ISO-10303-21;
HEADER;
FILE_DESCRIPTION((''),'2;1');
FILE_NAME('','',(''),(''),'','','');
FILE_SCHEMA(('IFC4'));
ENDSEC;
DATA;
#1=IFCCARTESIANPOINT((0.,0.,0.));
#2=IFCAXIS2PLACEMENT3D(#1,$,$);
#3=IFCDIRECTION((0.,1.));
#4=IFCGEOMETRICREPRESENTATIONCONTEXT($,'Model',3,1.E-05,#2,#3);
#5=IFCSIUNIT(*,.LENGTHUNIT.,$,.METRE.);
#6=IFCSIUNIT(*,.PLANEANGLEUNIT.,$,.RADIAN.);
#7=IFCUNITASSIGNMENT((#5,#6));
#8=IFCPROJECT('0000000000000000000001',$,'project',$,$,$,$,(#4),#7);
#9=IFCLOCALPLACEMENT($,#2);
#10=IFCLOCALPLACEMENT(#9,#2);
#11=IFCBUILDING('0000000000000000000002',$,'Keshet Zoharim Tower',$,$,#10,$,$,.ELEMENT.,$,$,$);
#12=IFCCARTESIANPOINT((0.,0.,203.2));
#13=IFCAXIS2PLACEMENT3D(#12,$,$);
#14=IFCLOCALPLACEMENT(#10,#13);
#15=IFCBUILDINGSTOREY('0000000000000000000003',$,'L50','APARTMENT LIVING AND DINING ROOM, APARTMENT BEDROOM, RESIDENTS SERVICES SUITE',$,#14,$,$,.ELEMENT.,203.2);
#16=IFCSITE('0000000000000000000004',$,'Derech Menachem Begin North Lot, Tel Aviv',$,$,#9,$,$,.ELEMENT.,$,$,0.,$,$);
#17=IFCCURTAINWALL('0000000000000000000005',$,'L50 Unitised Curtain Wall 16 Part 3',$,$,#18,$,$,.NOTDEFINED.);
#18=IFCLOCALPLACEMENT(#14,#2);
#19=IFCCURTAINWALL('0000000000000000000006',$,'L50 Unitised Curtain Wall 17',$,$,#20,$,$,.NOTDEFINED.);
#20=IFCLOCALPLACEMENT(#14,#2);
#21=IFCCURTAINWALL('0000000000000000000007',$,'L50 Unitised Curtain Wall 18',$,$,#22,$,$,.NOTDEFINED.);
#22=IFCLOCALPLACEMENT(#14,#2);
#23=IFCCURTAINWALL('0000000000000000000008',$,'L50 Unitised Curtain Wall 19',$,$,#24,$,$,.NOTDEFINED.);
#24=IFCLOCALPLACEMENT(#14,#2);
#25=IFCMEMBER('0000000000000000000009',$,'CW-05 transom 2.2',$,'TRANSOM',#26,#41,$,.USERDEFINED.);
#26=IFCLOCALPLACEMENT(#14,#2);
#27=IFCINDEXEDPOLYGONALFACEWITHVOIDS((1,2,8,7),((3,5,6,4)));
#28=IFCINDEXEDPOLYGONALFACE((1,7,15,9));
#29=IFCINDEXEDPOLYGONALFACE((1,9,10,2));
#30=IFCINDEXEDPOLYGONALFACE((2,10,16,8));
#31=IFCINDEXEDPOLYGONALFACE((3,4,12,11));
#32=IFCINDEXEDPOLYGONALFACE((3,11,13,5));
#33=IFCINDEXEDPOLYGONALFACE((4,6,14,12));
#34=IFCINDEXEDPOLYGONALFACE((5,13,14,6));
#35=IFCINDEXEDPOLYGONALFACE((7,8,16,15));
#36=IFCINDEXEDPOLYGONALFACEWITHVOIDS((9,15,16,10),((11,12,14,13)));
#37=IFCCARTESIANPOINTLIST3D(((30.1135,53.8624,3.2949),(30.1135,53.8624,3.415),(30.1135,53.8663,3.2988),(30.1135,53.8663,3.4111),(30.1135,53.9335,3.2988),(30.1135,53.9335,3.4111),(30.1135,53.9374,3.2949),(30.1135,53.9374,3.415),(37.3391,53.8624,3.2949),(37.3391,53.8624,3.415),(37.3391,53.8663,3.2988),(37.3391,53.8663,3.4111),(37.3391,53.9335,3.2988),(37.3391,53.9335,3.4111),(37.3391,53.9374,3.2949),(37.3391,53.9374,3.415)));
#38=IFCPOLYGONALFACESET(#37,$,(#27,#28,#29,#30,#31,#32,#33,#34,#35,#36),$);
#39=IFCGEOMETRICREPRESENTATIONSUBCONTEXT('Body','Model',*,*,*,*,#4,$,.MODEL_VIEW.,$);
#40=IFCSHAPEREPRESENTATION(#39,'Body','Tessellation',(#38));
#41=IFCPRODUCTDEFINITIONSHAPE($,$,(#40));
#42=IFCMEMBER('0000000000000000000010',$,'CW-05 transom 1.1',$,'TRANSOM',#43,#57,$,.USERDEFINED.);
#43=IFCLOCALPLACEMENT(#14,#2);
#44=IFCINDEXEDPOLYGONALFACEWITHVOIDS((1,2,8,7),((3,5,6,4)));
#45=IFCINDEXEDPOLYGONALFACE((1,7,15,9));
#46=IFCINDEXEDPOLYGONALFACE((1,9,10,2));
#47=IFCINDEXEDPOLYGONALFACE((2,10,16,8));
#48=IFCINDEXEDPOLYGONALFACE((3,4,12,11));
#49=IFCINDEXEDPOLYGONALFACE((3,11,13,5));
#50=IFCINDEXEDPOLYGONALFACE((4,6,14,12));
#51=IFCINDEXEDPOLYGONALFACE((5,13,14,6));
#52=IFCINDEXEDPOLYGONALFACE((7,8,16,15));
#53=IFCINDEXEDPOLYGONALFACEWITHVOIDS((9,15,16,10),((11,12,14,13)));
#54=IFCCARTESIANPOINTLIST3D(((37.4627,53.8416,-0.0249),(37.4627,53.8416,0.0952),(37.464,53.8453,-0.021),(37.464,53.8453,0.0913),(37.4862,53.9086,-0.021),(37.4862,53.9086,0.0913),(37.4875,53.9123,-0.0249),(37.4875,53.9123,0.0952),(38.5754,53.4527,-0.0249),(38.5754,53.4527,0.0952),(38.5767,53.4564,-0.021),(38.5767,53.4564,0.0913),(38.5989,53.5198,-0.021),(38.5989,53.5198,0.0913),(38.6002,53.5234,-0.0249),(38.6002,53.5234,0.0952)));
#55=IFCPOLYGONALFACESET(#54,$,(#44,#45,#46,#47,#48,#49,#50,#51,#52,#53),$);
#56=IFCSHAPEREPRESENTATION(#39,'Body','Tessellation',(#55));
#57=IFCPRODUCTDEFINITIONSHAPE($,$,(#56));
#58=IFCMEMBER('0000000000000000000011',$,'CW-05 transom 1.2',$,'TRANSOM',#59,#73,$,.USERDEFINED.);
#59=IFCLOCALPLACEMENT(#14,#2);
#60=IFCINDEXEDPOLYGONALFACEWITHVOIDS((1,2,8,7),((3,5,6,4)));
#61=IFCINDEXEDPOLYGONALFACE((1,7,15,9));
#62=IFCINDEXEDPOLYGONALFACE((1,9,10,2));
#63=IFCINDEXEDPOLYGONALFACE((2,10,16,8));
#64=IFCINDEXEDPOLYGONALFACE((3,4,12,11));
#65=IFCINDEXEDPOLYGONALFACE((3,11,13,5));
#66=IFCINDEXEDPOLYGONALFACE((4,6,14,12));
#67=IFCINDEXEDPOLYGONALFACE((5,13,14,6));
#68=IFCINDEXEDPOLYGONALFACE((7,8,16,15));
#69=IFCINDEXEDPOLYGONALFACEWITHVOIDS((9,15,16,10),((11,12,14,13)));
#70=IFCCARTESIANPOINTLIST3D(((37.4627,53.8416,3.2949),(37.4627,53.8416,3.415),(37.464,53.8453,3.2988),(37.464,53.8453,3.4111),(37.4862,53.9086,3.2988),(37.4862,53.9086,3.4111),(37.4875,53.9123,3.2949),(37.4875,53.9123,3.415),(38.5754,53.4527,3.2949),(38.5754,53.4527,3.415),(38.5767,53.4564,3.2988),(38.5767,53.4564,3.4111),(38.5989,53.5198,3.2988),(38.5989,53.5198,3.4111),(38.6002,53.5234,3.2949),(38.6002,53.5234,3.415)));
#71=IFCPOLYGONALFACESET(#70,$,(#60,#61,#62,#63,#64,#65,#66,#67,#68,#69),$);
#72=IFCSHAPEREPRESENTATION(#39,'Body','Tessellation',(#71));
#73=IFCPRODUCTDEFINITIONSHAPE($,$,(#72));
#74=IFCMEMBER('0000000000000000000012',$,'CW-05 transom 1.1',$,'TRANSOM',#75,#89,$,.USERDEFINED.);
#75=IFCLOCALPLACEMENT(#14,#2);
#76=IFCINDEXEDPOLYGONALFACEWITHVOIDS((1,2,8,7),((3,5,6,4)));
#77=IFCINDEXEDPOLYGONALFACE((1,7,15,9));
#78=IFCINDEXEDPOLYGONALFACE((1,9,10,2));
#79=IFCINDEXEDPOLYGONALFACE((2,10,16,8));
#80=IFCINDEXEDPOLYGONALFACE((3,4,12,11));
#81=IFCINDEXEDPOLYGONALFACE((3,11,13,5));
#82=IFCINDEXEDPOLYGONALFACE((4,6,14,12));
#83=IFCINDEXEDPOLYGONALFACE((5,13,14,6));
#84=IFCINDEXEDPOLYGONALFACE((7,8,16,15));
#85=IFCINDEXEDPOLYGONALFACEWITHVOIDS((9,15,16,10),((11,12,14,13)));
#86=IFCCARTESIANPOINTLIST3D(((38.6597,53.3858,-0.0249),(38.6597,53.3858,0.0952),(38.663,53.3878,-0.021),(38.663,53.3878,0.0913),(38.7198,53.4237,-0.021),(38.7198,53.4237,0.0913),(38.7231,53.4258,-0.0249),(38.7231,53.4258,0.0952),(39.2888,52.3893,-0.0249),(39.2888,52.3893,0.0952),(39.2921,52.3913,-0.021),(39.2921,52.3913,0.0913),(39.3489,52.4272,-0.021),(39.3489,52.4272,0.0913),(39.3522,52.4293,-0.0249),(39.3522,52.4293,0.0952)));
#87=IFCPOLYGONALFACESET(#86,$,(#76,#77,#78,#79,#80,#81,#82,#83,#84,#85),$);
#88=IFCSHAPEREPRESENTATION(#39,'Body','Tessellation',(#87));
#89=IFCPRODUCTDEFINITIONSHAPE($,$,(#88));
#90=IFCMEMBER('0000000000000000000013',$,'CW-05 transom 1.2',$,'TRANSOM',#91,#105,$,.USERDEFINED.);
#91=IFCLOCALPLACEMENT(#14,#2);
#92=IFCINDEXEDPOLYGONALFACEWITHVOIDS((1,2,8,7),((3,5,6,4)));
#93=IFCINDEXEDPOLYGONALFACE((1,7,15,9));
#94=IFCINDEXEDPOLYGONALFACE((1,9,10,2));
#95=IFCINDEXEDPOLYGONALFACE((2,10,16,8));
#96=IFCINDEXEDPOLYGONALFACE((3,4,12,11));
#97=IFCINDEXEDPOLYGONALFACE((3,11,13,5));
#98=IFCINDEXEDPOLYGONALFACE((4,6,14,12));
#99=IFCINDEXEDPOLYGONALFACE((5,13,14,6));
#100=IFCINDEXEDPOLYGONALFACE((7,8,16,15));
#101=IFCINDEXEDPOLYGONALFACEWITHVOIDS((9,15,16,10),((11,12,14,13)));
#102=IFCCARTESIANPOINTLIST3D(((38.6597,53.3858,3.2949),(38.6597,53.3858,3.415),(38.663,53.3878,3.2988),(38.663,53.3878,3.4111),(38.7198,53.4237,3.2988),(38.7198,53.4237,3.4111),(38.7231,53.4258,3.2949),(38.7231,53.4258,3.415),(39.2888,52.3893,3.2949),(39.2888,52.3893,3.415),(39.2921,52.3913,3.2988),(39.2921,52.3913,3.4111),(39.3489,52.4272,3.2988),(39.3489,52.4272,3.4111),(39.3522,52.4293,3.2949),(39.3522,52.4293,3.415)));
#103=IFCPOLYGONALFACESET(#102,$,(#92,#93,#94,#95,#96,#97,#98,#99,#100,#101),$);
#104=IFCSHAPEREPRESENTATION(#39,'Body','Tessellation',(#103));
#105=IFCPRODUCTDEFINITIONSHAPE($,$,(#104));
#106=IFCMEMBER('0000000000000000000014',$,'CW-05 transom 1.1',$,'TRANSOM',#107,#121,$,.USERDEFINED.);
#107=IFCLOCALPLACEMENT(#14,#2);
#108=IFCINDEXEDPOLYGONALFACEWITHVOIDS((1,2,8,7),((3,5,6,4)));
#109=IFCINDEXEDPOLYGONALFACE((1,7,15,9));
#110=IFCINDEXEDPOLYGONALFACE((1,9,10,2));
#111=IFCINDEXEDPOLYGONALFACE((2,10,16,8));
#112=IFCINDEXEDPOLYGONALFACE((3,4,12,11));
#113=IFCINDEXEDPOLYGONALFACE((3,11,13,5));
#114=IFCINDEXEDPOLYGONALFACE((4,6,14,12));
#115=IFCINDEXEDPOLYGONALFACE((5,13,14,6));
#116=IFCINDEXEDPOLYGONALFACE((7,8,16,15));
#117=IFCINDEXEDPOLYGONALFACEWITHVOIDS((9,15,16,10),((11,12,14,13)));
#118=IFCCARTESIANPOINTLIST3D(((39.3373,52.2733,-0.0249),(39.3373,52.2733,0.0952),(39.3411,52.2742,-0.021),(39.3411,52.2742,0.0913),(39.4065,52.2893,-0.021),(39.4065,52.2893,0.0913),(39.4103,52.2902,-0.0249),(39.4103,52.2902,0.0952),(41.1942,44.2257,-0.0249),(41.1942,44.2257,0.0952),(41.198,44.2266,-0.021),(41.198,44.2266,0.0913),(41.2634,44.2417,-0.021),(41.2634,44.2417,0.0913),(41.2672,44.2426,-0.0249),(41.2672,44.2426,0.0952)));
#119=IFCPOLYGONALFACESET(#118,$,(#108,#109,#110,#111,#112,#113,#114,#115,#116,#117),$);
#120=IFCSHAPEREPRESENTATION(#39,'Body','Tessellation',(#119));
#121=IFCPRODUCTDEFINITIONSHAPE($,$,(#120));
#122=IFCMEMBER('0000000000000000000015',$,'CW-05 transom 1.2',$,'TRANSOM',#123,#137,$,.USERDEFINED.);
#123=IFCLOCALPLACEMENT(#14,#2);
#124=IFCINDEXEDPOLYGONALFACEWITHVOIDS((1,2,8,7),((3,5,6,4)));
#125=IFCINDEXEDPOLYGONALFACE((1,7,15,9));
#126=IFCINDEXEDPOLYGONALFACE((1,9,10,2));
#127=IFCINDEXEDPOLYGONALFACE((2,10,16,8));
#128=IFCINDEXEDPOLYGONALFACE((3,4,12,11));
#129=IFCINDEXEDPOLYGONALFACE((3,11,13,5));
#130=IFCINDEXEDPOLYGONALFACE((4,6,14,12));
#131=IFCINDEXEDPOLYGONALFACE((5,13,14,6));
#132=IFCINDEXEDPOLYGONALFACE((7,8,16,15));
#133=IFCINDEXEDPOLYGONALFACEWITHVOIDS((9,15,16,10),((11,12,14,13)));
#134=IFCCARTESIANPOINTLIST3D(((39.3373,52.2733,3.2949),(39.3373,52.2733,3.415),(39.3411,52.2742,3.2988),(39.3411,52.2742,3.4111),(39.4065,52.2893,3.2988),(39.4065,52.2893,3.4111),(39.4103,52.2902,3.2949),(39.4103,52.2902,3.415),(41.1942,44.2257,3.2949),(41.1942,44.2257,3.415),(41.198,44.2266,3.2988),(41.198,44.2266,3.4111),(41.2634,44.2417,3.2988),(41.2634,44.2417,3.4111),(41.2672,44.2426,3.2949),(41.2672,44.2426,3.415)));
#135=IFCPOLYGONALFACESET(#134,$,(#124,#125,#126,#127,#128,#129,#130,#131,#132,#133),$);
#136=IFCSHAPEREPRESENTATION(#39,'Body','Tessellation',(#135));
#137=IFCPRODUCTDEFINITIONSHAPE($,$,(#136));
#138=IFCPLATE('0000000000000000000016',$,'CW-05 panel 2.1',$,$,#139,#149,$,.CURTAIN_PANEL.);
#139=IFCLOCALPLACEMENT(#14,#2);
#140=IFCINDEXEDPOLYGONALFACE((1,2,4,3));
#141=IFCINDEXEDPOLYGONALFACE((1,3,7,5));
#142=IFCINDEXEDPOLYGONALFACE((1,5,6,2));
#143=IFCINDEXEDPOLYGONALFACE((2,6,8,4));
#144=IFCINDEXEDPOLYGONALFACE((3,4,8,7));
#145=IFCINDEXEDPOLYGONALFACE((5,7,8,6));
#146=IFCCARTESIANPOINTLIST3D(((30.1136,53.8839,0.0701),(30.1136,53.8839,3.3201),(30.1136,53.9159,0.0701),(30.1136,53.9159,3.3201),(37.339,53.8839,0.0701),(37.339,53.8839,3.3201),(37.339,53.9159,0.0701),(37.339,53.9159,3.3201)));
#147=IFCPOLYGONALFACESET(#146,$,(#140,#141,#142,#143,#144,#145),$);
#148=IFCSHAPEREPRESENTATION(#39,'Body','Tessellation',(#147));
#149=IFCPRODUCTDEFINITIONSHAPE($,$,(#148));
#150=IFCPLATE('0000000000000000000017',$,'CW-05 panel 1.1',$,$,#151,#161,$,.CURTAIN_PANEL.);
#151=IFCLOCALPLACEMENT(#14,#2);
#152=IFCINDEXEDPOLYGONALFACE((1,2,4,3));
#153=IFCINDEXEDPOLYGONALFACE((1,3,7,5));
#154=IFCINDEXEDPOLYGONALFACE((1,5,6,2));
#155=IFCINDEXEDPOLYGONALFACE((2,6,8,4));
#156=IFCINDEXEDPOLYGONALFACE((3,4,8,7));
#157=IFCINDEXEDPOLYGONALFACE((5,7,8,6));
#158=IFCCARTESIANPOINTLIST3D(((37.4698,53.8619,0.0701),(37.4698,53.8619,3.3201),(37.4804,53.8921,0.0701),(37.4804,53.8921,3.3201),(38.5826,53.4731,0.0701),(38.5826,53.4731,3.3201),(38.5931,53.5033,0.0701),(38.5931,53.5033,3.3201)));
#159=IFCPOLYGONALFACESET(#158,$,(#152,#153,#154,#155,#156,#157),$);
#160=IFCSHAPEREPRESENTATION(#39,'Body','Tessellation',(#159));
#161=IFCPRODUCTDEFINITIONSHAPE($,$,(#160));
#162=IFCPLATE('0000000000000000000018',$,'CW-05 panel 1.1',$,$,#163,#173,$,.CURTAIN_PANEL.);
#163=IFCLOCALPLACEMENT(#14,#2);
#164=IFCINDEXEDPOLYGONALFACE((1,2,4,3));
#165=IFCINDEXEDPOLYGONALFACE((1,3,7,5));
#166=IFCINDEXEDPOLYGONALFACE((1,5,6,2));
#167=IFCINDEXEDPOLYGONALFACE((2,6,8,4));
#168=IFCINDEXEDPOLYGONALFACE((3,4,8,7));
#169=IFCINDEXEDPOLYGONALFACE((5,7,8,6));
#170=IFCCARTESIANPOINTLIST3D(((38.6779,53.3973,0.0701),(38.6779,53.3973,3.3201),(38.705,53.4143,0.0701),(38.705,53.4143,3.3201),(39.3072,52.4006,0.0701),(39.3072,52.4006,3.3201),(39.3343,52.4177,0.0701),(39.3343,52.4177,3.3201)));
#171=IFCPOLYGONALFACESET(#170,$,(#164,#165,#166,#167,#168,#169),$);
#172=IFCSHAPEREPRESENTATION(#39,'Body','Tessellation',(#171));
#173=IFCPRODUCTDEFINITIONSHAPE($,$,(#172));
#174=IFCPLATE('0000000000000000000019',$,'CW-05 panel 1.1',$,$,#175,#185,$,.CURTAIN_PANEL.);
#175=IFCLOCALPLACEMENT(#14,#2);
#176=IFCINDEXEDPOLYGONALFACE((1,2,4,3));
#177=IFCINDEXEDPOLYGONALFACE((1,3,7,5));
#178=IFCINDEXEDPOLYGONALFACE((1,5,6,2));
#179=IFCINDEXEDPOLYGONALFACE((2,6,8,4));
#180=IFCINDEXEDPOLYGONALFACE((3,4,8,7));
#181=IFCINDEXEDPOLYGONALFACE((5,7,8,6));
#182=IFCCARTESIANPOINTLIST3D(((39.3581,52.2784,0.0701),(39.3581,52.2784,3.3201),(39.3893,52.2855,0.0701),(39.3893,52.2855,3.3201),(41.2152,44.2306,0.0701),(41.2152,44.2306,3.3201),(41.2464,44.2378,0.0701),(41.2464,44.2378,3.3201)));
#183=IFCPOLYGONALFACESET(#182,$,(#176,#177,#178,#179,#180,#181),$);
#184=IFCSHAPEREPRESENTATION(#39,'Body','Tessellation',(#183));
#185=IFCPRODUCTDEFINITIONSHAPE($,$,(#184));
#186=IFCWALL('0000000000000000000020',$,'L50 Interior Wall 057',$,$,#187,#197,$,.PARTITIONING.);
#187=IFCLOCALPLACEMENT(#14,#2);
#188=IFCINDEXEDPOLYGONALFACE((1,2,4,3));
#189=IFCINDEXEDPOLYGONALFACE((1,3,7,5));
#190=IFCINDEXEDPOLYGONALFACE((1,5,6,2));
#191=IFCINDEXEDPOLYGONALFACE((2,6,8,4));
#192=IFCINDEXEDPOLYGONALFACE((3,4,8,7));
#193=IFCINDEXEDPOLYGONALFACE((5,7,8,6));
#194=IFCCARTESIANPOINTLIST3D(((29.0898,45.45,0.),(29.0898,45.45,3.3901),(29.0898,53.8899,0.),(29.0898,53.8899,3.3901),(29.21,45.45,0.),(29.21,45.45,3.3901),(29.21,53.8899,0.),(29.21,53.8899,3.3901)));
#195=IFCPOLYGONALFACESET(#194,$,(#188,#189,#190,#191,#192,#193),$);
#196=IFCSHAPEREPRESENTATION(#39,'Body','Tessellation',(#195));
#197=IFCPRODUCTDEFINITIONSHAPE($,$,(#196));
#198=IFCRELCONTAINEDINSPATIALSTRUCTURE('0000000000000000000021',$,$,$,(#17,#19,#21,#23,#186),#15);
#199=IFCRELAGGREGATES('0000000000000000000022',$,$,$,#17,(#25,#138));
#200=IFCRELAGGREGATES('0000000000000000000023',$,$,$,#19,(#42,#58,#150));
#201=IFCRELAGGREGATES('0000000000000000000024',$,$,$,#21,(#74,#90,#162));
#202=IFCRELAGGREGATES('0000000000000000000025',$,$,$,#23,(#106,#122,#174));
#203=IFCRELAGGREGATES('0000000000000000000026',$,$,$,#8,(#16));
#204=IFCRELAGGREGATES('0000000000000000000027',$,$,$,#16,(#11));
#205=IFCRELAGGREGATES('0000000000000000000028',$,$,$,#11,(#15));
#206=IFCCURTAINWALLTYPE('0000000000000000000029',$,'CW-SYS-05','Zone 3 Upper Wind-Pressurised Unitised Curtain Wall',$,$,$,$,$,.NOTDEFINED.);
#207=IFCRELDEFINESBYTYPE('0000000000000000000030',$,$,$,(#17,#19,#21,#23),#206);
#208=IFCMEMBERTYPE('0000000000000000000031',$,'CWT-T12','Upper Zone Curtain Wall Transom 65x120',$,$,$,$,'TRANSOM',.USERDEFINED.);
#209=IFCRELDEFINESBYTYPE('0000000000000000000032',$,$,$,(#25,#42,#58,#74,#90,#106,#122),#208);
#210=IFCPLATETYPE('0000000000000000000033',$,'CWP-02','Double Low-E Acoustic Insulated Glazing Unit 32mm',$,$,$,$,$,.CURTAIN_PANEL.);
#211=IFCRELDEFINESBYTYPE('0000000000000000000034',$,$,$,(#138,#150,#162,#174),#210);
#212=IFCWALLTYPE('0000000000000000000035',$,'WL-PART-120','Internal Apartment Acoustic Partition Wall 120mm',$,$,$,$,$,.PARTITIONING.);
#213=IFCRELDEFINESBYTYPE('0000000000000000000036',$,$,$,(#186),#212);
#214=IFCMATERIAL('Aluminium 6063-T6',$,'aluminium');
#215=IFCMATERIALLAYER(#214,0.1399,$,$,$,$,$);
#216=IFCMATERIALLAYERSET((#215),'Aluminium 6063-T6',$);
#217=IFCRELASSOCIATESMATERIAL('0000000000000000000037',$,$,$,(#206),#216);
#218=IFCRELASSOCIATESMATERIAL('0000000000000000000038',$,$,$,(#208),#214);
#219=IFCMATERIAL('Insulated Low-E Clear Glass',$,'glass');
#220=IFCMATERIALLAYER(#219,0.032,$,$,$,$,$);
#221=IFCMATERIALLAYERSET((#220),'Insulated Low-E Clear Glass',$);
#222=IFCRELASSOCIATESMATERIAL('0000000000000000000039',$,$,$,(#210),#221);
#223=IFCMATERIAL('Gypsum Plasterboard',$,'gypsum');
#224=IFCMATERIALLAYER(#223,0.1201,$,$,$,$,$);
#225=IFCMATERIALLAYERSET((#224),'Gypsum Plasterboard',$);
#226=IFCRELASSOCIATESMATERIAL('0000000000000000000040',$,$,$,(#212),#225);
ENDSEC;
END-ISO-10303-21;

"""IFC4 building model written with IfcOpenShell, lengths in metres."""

from ifc_helpers import new_model, si_unit, direction, frame, frame_2d, origin, origin_2d, place, context, subcontext, project, spatial, rectangle, hollow_rectangle, extrude, material, layer, layer_set, material_profile, profile_set, type_object, element, aggregate, save


model = new_model("IFC4")

# Units and contexts
model_context = context("Model", 3, precision=1e-05, world=origin(), true_north=direction((0.0, 1.0)))
body_context = subcontext(model_context, "Body", "Model", "MODEL_VIEW")
ifc_project = project(units=[si_unit("LENGTHUNIT", "METRE"), si_unit("PLANEANGLEUNIT", "RADIAN")], contexts=[model_context])

# Site, building, storey
site_placement = place(None, origin())
site = spatial("IfcSite", under=ifc_project, at=site_placement, Name="Derech Menachem Begin North Lot, Tel Aviv", CompositionType="ELEMENT", RefElevation=0.0)
building_placement = place(site_placement, origin())
building = spatial("IfcBuilding", under=site, at=building_placement, Name="Keshet Zoharim Tower", CompositionType="ELEMENT")
storey_placement = place(building_placement, frame((0.0, 0.0, 203.2)))
storey = spatial("IfcBuildingStorey", under=building, at=storey_placement, Name="L50", Description="APARTMENT LIVING AND DINING ROOM, APARTMENT BEDROOM, RESIDENTS SERVICES SUITE", CompositionType="ELEMENT", Elevation=203.2)

# Curtain walls
ifc_material_1 = material(Name="Aluminium 6063-T6", Category="aluminium")
ifc_layer_1 = layer(ifc_material_1, 0.1399)
ifc_layer_set_1 = layer_set([ifc_layer_1], Name="Aluminium 6063-T6")
curtain_wall_type = type_object("IfcCurtainWallType", Name="CW-SYS-05", Description="Zone 3 Upper Wind-Pressurised Unitised Curtain Wall", PredefinedType="NOTDEFINED", material=ifc_layer_set_1)
curtain_wall_1_placement = place(storey_placement, origin())
curtain_wall_1 = element("IfcCurtainWall", 1, at=curtain_wall_1_placement, inside=storey, type_object=curtain_wall_type, Name="L50 Unitised Curtain Wall 16 Part 3", PredefinedType="NOTDEFINED")
curtain_wall_2_placement = place(storey_placement, origin())
curtain_wall_2 = element("IfcCurtainWall", 2, at=curtain_wall_2_placement, inside=storey, type_object=curtain_wall_type, Name="L50 Unitised Curtain Wall 17", PredefinedType="NOTDEFINED")
curtain_wall_3_placement = place(storey_placement, origin())
curtain_wall_3 = element("IfcCurtainWall", 3, at=curtain_wall_3_placement, inside=storey, type_object=curtain_wall_type, Name="L50 Unitised Curtain Wall 18", PredefinedType="NOTDEFINED")

# Curtain wall
curtain_wall_4_placement = place(storey_placement, origin())
curtain_wall_4 = element("IfcCurtainWall", 4, at=curtain_wall_4_placement, inside=storey, type_object=curtain_wall_type, Name="L50 Unitised Curtain Wall 19", PredefinedType="NOTDEFINED")

# Members
ifc_material_profile_1 = material_profile(ifc_material_1, hollow_rectangle(XDim=0.075, YDim=0.1201, WallThickness=0.0039, at=origin_2d()), Name="TRN-75x120")
ifc_profile_set_1 = profile_set([ifc_material_profile_1], Name="Aluminium 6063-T6")
member_type_1 = type_object("IfcMemberType", Name="CWT-T12", Description="Upper Zone Curtain Wall Transom 65x120", ElementType="TRANSOM", PredefinedType="USERDEFINED", material=ifc_profile_set_1)
member_1_placement = place(storey_placement, frame((30.1135, 53.8999, 3.355), z_axis=(1.0, 0.0, 0.0), x_axis=(0.0, 1.0, 0.0)))
member_1 = element("IfcMember", 5, at=member_1_placement, type_object=member_type_1, Name="CW-05 transom 2.2", ObjectType="TRANSOM", PredefinedType="USERDEFINED", context=body_context, shape_type="SweptSolid", body=[
    extrude(hollow_rectangle(XDim=0.075, YDim=0.1201, WallThickness=0.0039, at=origin_2d()), origin(), (0.0, 0.0, 1.0), 7.2256),
])
member_2_placement = place(storey_placement, frame((37.4751, 53.877, 0.0352), z_axis=(0.944007, -0.329926, 0.0), x_axis=(0.329926, 0.944007, 0.0)))
member_2 = element("IfcMember", 6, at=member_2_placement, type_object=member_type_1, Name="CW-05 transom 1.1", ObjectType="TRANSOM", PredefinedType="USERDEFINED", context=body_context, shape_type="SweptSolid", body=[
    extrude(hollow_rectangle(XDim=0.075, YDim=0.1201, WallThickness=0.0039, at=origin_2d()), origin(), (0.0, 0.0, 1.0), 1.1787),
])
member_3_placement = place(storey_placement, frame((37.4751, 53.877, 3.355), z_axis=(0.944007, -0.329926, 0.0), x_axis=(0.329926, 0.944007, 0.0)))
member_3 = element("IfcMember", 7, at=member_3_placement, type_object=member_type_1, Name="CW-05 transom 1.2", ObjectType="TRANSOM", PredefinedType="USERDEFINED", context=body_context, shape_type="SweptSolid", body=[
    extrude(hollow_rectangle(XDim=0.075, YDim=0.1201, WallThickness=0.0039, at=origin_2d()), origin(), (0.0, 0.0, 1.0), 1.1787),
])
member_4_placement = place(storey_placement, frame((38.6914, 53.4058, 0.0352), z_axis=(0.533829, -0.845592, 0.0), x_axis=(0.845592, 0.533829, 0.0)))
member_4 = element("IfcMember", 8, at=member_4_placement, type_object=member_type_1, Name="CW-05 transom 1.1", ObjectType="TRANSOM", PredefinedType="USERDEFINED", context=body_context, shape_type="SweptSolid", body=[
    extrude(hollow_rectangle(XDim=0.075, YDim=0.1201, WallThickness=0.0039, at=origin_2d()), origin(), (0.0, 0.0, 1.0), 1.1785),
])
member_5_placement = place(storey_placement, frame((38.6914, 53.4058, 3.355), z_axis=(0.533829, -0.845592, 0.0), x_axis=(0.845592, 0.533829, 0.0)))
member_5 = element("IfcMember", 9, at=member_5_placement, type_object=member_type_1, Name="CW-05 transom 1.2", ObjectType="TRANSOM", PredefinedType="USERDEFINED", context=body_context, shape_type="SweptSolid", body=[
    extrude(hollow_rectangle(XDim=0.075, YDim=0.1201, WallThickness=0.0039, at=origin_2d()), origin(), (0.0, 0.0, 1.0), 1.1785),
])
member_6_placement = place(storey_placement, frame((39.3738, 52.2817, 0.0352), z_axis=(0.224836, -0.974397, 0.0), x_axis=(0.974397, 0.224836, 0.0)))
member_6 = element("IfcMember", 10, at=member_6_placement, type_object=member_type_1, Name="CW-05 transom 1.1", ObjectType="TRANSOM", PredefinedType="USERDEFINED", context=body_context, shape_type="SweptSolid", body=[
    extrude(hollow_rectangle(XDim=0.075, YDim=0.1201, WallThickness=0.0039, at=origin_2d()), origin(), (0.0, 0.0, 1.0), 8.259),
])
member_7_placement = place(storey_placement, frame((39.3738, 52.2817, 3.355), z_axis=(0.224836, -0.974397, 0.0), x_axis=(0.974397, 0.224836, 0.0)))
member_7 = element("IfcMember", 11, at=member_7_placement, type_object=member_type_1, Name="CW-05 transom 1.2", ObjectType="TRANSOM", PredefinedType="USERDEFINED", context=body_context, shape_type="SweptSolid", body=[
    extrude(hollow_rectangle(XDim=0.075, YDim=0.1201, WallThickness=0.0039, at=origin_2d()), origin(), (0.0, 0.0, 1.0), 8.259),
])

# Plates
ifc_material_2 = material(Name="Insulated Low-E Clear Glass", Category="glass")
ifc_layer_2 = layer(ifc_material_2, 0.032)
ifc_layer_set_2 = layer_set([ifc_layer_2], Name="Insulated Low-E Clear Glass")
plate_type = type_object("IfcPlateType", Name="CWP-02", Description="Double Low-E Acoustic Insulated Glazing Unit 32mm", PredefinedType="CURTAIN_PANEL", material=ifc_layer_set_2)
plate_1_placement = place(storey_placement, frame((33.7263, 53.8999, 0.0701), z_axis=(0.0, 0.0, 1.0), x_axis=(1.0, 0.0, 0.0)))
plate_1 = element("IfcPlate", 12, at=plate_1_placement, type_object=plate_type, Name="CW-05 panel 2.1", PredefinedType="CURTAIN_PANEL", context=body_context, shape_type="SweptSolid", body=[
    extrude(rectangle(XDim=7.2253, YDim=0.032, at=origin_2d()), origin(), (0.0, 0.0, 1.0), 3.25),
])
aggregate(curtain_wall_1, [member_1, plate_1])
plate_2_placement = place(storey_placement, frame((38.0315, 53.6826, 0.0701), z_axis=(0.0, 0.0, 1.0), x_axis=(0.944036, -0.329844, 0.0)))
plate_2 = element("IfcPlate", 13, at=plate_2_placement, type_object=plate_type, Name="CW-05 panel 1.1", PredefinedType="CURTAIN_PANEL", context=body_context, shape_type="SweptSolid", body=[
    extrude(rectangle(XDim=1.1787, YDim=0.032, at=origin_2d()), origin(), (0.0, 0.0, 1.0), 3.25),
])
aggregate(curtain_wall_2, [member_2, member_3, plate_2])
plate_3_placement = place(storey_placement, frame((39.0061, 52.9075, 0.0701), z_axis=(0.0, 0.0, 1.0), x_axis=(0.533879, -0.845561, 0.0)))
plate_3 = element("IfcPlate", 14, at=plate_3_placement, type_object=plate_type, Name="CW-05 panel 1.1", PredefinedType="CURTAIN_PANEL", context=body_context, shape_type="SweptSolid", body=[
    extrude(rectangle(XDim=1.1787, YDim=0.032, at=origin_2d()), origin(), (0.0, 0.0, 1.0), 3.25),
])
aggregate(curtain_wall_3, [member_4, member_5, plate_3])
plate_4_placement = place(storey_placement, frame((40.3022, 48.2581, 0.0701), z_axis=(0.0, 0.0, 1.0), x_axis=(0.224848, -0.974394, 0.0)))
plate_4 = element("IfcPlate", 15, at=plate_4_placement, type_object=plate_type, Name="CW-05 panel 1.1", PredefinedType="CURTAIN_PANEL", context=body_context, shape_type="SweptSolid", body=[
    extrude(rectangle(XDim=8.2593, YDim=0.032, at=origin_2d()), origin(), (0.0, 0.0, 1.0), 3.25),
])
aggregate(curtain_wall_4, [member_6, member_7, plate_4])

# Wall
ifc_material_3 = material(Name="Gypsum Plasterboard", Category="gypsum")
ifc_layer_3 = layer(ifc_material_3, 0.1201)
ifc_layer_set_3 = layer_set([ifc_layer_3], Name="Gypsum Plasterboard")
wall_type = type_object("IfcWallType", Name="WL-PART-120", Description="Internal Apartment Acoustic Partition Wall 120mm", PredefinedType="PARTITIONING", material=ifc_layer_set_3)
for number, where, z_axis, x_axis, name in (
    (16, (29.1499, 45.45, 0.0), (0.0, 0.0, 1.0), (0.0, 1.0, 0.0), "L50 Interior Wall 057"),
):
    element("IfcWall", number, at=place(storey_placement, frame(where, z_axis=z_axis, x_axis=x_axis)), inside=storey, type_object=wall_type, Name=name, PredefinedType="PARTITIONING", context=body_context, shape_type="SweptSolid", body=[
        extrude(rectangle(XDim=8.4399, YDim=0.1201, at=frame_2d((4.22, 0.0))), origin(), (0.0, 0.0, 1.0), 3.3901),
    ])

save(model, "model.ifc")
